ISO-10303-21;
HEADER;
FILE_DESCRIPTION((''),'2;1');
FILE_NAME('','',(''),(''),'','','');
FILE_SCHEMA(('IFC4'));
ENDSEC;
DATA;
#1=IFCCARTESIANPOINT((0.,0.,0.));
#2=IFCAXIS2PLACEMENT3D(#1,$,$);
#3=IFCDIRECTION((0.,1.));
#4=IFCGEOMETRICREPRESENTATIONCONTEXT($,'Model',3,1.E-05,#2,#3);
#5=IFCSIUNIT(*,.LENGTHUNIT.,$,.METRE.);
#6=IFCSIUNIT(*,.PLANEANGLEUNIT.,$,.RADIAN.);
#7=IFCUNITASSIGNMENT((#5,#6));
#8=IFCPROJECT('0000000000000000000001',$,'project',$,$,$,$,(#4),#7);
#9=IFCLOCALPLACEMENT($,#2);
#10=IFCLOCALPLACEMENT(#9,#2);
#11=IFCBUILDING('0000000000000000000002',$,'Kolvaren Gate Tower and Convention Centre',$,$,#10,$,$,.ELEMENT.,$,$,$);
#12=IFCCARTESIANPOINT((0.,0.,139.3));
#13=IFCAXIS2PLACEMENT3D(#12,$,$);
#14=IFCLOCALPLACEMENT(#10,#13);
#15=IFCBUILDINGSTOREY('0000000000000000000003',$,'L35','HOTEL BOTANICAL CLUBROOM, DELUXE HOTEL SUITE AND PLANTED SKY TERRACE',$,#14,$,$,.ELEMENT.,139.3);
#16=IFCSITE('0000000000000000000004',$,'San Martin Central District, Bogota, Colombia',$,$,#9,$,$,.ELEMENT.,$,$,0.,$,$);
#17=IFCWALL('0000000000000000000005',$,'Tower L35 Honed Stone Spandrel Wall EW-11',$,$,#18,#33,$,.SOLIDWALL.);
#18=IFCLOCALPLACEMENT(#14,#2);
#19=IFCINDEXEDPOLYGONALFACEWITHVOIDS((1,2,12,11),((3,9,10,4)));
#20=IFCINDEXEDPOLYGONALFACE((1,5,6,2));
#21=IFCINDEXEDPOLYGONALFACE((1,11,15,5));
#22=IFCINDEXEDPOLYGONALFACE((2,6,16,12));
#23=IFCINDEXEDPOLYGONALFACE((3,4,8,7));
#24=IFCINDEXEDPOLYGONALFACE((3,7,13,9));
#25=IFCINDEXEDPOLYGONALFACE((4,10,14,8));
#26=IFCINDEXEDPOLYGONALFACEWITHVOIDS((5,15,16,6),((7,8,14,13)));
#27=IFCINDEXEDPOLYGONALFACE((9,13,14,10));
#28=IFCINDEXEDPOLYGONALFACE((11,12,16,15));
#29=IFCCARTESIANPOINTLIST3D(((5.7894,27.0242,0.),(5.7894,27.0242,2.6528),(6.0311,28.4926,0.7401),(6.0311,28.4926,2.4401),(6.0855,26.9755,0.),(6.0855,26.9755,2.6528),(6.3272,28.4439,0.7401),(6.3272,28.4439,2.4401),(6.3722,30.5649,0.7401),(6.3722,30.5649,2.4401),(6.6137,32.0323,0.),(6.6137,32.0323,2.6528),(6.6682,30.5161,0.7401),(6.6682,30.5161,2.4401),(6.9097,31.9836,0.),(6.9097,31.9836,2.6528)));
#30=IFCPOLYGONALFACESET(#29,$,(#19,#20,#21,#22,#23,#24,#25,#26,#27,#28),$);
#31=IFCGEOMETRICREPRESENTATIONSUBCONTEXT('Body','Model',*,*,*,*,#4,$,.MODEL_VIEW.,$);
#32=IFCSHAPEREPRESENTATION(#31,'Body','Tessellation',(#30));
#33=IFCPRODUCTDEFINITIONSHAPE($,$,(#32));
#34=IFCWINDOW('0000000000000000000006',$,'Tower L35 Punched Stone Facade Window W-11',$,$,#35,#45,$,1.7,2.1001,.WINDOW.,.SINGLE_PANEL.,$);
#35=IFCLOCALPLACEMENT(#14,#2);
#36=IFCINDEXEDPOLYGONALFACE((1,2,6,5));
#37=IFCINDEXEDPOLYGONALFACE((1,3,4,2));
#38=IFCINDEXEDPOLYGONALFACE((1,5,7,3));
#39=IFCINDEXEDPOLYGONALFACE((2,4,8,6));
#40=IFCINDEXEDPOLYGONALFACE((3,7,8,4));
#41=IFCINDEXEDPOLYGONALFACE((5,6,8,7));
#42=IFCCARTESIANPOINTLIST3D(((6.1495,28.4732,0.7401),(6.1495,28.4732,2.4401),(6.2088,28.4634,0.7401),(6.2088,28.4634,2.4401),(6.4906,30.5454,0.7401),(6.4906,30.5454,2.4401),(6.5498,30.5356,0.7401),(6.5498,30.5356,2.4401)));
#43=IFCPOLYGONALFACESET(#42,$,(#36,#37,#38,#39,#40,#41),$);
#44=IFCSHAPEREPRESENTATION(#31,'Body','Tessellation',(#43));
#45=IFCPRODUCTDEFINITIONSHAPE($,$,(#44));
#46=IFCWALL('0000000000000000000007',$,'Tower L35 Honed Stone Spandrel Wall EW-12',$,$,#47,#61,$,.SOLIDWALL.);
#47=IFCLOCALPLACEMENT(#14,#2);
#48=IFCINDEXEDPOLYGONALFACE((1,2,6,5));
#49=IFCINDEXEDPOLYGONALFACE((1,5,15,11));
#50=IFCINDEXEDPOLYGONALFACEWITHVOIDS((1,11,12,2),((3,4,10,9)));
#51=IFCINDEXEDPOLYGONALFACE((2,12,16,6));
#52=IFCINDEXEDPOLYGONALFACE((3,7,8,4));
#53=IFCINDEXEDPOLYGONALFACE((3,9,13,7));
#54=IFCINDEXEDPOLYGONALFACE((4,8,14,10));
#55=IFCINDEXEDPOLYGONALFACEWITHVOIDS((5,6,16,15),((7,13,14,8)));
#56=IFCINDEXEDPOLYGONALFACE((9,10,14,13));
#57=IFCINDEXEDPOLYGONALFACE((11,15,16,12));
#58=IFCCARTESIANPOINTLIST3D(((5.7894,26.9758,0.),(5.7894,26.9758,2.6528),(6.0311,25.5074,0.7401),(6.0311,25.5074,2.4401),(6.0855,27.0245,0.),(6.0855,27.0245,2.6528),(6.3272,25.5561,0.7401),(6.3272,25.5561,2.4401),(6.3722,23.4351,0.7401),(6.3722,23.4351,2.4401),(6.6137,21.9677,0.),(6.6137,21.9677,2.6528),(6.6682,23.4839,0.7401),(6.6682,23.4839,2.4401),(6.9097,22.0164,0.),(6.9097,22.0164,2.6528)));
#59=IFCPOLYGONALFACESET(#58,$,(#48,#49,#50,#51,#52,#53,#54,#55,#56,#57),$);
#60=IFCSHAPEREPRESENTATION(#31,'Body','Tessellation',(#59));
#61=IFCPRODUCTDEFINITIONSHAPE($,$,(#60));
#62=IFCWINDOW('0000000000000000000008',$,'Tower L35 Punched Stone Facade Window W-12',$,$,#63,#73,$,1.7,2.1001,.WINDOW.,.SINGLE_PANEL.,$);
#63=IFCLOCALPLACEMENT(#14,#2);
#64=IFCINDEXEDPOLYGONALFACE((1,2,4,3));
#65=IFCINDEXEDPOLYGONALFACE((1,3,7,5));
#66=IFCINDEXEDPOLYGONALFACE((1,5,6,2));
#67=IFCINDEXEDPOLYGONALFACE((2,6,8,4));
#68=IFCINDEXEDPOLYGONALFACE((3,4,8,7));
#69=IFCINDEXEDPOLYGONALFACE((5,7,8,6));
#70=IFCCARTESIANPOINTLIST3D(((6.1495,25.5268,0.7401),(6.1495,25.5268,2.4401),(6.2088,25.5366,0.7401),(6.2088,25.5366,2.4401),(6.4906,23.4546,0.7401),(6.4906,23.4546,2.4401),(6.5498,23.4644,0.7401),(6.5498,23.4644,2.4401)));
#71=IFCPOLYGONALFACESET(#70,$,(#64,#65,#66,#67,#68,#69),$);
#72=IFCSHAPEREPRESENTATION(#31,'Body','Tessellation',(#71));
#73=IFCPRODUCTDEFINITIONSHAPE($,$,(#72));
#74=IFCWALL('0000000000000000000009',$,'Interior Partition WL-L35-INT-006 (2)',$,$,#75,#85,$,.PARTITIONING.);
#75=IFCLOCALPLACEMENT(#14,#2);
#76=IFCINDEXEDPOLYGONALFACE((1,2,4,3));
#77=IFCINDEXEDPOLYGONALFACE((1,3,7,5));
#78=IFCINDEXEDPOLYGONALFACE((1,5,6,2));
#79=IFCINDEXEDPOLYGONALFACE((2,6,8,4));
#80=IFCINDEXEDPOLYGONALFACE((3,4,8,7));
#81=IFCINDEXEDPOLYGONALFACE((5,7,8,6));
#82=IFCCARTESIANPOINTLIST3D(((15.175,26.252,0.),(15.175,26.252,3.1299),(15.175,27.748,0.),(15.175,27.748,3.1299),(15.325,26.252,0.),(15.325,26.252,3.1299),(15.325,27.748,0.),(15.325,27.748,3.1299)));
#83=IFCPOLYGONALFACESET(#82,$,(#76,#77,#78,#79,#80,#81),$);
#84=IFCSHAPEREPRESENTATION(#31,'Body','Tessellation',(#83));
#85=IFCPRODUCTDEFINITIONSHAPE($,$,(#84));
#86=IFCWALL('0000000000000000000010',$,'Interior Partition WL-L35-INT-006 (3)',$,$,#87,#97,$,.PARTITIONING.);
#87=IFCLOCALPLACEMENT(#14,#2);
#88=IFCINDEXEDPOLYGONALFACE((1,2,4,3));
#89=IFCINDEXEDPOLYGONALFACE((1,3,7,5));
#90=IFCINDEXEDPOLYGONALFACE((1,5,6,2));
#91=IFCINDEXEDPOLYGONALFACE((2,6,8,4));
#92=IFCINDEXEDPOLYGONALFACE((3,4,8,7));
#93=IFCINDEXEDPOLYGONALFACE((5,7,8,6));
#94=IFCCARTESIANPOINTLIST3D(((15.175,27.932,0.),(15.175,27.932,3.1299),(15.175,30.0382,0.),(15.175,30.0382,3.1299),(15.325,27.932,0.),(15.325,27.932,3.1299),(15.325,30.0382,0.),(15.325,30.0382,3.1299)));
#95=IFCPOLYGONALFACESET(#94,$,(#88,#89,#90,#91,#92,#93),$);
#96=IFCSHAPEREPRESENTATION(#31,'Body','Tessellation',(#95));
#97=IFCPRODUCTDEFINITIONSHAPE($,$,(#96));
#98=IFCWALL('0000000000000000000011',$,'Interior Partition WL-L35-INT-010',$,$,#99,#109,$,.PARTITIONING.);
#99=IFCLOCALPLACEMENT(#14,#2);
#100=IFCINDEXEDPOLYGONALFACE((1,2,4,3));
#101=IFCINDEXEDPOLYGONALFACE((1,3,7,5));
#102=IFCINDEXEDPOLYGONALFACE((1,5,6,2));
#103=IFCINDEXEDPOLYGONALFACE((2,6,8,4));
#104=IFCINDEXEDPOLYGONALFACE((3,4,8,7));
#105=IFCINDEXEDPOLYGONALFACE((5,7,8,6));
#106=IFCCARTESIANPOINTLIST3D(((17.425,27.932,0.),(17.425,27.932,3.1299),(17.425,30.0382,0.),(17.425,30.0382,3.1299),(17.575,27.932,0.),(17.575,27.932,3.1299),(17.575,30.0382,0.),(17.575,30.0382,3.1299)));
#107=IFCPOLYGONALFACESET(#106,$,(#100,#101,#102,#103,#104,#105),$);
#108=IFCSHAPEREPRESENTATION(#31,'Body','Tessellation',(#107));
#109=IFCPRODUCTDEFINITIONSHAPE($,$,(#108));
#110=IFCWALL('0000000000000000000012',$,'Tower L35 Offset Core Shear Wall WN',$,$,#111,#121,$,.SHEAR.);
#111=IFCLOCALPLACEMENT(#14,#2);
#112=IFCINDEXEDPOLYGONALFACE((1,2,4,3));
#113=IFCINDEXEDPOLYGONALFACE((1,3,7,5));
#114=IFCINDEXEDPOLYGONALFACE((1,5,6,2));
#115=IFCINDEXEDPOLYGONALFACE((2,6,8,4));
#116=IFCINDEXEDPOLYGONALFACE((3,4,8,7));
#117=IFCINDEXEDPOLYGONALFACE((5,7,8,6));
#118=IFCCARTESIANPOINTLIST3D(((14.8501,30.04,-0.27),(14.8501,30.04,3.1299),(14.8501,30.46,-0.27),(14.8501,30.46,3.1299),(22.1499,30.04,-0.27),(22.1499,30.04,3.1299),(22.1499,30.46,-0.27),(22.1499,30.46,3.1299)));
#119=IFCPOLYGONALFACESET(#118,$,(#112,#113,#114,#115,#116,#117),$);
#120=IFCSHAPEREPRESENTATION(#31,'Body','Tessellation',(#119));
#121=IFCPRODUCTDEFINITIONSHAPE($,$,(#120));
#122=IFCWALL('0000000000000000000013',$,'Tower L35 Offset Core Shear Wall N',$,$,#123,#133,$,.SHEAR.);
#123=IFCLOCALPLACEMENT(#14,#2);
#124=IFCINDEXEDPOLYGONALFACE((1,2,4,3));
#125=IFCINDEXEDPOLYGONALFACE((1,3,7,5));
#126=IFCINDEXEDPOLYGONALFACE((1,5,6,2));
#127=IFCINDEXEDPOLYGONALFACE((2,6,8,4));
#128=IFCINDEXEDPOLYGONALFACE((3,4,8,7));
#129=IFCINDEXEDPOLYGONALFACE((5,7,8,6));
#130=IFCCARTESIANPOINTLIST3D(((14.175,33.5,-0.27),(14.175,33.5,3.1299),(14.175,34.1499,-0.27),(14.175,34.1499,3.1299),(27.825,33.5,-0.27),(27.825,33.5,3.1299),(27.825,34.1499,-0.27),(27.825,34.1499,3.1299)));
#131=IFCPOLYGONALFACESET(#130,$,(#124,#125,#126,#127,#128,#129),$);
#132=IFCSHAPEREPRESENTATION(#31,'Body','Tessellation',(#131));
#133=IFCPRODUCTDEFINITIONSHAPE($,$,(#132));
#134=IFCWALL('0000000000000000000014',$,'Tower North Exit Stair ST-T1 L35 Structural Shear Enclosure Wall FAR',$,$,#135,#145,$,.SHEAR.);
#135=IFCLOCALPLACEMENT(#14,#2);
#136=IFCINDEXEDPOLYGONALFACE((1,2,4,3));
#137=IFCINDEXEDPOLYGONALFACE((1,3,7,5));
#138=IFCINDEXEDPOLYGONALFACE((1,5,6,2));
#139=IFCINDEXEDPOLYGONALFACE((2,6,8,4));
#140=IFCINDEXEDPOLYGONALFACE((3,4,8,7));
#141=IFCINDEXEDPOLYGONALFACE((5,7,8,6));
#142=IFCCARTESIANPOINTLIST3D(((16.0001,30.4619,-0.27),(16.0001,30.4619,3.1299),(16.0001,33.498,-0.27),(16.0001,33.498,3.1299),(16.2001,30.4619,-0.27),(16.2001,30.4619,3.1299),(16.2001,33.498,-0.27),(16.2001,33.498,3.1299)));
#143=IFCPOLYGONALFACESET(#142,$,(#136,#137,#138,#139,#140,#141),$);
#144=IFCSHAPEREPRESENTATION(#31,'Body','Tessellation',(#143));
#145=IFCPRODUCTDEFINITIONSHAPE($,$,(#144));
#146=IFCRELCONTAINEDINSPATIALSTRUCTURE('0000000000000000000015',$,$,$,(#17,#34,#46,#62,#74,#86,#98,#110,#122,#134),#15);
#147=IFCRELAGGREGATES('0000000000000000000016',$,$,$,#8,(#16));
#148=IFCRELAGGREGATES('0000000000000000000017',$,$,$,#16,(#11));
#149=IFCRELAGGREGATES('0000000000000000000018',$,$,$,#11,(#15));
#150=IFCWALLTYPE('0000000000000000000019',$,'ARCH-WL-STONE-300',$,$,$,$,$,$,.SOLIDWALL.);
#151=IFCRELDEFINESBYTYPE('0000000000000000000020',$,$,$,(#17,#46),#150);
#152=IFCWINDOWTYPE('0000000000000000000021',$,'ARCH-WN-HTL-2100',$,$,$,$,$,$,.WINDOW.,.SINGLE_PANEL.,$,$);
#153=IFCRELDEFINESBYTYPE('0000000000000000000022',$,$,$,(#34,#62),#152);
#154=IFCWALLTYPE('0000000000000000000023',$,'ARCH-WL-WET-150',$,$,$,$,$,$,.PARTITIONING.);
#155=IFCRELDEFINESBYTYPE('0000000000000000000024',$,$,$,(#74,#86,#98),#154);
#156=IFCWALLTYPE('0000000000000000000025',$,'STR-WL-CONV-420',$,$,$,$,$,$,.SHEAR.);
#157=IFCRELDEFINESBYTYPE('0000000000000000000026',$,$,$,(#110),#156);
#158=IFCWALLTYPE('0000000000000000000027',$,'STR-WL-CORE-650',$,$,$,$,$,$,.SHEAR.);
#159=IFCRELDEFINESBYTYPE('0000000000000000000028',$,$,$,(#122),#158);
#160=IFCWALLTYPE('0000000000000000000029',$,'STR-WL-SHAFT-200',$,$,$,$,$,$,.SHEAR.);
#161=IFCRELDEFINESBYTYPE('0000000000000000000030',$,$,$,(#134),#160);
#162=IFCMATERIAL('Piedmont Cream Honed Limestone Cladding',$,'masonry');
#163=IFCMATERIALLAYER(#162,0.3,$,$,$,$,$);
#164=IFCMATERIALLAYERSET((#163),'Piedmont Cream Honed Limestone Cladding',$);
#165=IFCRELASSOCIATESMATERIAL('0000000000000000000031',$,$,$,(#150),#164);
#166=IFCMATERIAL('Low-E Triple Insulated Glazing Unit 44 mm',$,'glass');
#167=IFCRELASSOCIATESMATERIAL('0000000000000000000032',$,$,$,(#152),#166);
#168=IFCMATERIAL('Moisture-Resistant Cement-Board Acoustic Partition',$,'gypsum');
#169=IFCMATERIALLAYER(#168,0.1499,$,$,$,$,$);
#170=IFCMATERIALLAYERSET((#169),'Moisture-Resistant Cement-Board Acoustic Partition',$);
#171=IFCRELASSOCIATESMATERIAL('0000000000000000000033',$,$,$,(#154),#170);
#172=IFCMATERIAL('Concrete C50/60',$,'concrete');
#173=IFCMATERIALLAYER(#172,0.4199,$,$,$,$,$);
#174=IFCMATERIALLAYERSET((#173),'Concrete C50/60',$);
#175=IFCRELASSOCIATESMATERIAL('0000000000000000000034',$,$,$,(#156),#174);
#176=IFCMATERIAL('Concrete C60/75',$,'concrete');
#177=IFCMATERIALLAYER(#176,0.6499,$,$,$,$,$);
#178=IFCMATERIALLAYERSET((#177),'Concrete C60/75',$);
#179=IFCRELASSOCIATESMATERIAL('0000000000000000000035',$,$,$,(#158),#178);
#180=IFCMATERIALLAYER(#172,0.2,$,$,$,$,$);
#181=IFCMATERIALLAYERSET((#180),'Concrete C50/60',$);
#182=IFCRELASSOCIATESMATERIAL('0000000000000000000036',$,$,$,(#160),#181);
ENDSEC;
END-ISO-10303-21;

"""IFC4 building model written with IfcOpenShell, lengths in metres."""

from ifc_helpers import new_model, si_unit, direction, frame, frame_2d, origin, place, context, subcontext, project, spatial, rectangle, extrude, material, layer, layer_set, type_object, element, fill, save


model = new_model("IFC4")

# Units and contexts
model_context = context("Model", 3, precision=1e-05, world=origin(), true_north=direction((0.0, 1.0)))
body_context = subcontext(model_context, "Body", "Model", "MODEL_VIEW")
ifc_project = project(units=[si_unit("LENGTHUNIT", "METRE"), si_unit("PLANEANGLEUNIT", "RADIAN")], contexts=[model_context])

# Site, building, storey
site_placement = place(None, origin())
site = spatial("IfcSite", under=ifc_project, at=site_placement, Name="San Martin Central District, Bogota, Colombia", CompositionType="ELEMENT", RefElevation=0.0)
building_placement = place(site_placement, origin())
building = spatial("IfcBuilding", under=site, at=building_placement, Name="Kolvaren Gate Tower and Convention Centre", CompositionType="ELEMENT")
storey_placement = place(building_placement, frame((0.0, 0.0, 139.3)))
storey = spatial("IfcBuildingStorey", under=building, at=storey_placement, Name="L35", Description="HOTEL BOTANICAL CLUBROOM, DELUXE HOTEL SUITE AND PLANTED SKY TERRACE", CompositionType="ELEMENT", Elevation=139.3)

# Shared definitions
ifc_material_1 = material(Name="Concrete C60/75", Category="concrete")

# Shared definitions
ifc_material_2 = material(Name="Piedmont Cream Honed Limestone Cladding", Category="masonry")

# Shared definitions
ifc_layer_1 = layer(ifc_material_2, 0.3)
ifc_layer_set_1 = layer_set([ifc_layer_1], Name="Piedmont Cream Honed Limestone Cladding")
wall_type_1 = type_object("IfcWallType", Name="ARCH-WL-STONE-300", PredefinedType="SOLIDWALL", material=ifc_layer_set_1)

# Walls, openings, windows
wall_1_placement = place(storey_placement, frame((5.9375, 27.0, 0.0), z_axis=(0.0, 0.0, 1.0), x_axis=(0.162394, 0.986726, 0.0)))
wall_1 = element("IfcWall", 1, at=wall_1_placement, inside=storey, type_object=wall_type_1, Name="Tower L35 Honed Stone Spandrel Wall EW-11", PredefinedType="SOLIDWALL", context=body_context, shape_type="SweptSolid", body=[
    extrude(rectangle(XDim=5.0754, YDim=0.3, at=frame_2d((2.5376, 0.0))), origin(), (0.0, 0.0, 1.0), 2.6528),
])
opening_1_placement = place(wall_1_placement, frame((1.488, 0.0, 0.74)))
opening_1 = element("IfcOpeningElement", 2, at=opening_1_placement, cuts=wall_1, PredefinedType="OPENING", context=body_context, shape_type="SweptSolid", body=[
    extrude(rectangle(XDim=2.1001, YDim=1.7, at=frame_2d((1.05, 0.8501))), frame((0.0, 0.1599, 0.0), z_axis=(0.0, -1.0, 0.0), x_axis=(1.0, 0.0, 0.0)), (0.0, 0.0, 1.0), 0.3201),
])
ifc_material_3 = material(Name="Low-E Triple Insulated Glazing Unit 44 mm", Category="glass")
window_type = type_object("IfcWindowType", Name="ARCH-WN-HTL-2100", PartitioningType="SINGLE_PANEL", PredefinedType="WINDOW", material=ifc_material_3)
window_1_placement = place(opening_1_placement, origin())
window_1 = element("IfcWindow", 3, at=window_1_placement, inside=storey, type_object=window_type, Name="Tower L35 Punched Stone Facade Window W-11", OverallHeight=1.7, OverallWidth=2.1001, PartitioningType="SINGLE_PANEL", PredefinedType="WINDOW", context=body_context, shape_type="SweptSolid", body=[
    extrude(rectangle(XDim=2.1001, YDim=1.7, at=frame_2d((1.05, 0.8501))), frame((0.0, 0.03, 0.0), z_axis=(0.0, -1.0, 0.0), x_axis=(1.0, 0.0, 0.0)), (0.0, 0.0, 1.0), 0.0601),
])
fill(opening_1, window_1)
wall_2_placement = place(storey_placement, frame((5.9375, 27.0, 0.0), z_axis=(0.0, 0.0, 1.0), x_axis=(0.162394, -0.986726, 0.0)))
wall_2 = element("IfcWall", 4, at=wall_2_placement, inside=storey, type_object=wall_type_1, Name="Tower L35 Honed Stone Spandrel Wall EW-12", PredefinedType="SOLIDWALL", context=body_context, shape_type="SweptSolid", body=[
    extrude(rectangle(XDim=5.0754, YDim=0.3, at=frame_2d((2.5376, 0.0))), origin(), (0.0, 0.0, 1.0), 2.6528),
])
opening_2_placement = place(wall_2_placement, frame((1.488, 0.0, 0.74)))
opening_2 = element("IfcOpeningElement", 5, at=opening_2_placement, cuts=wall_2, PredefinedType="OPENING", context=body_context, shape_type="SweptSolid", body=[
    extrude(rectangle(XDim=2.1001, YDim=1.7, at=frame_2d((1.05, 0.8501))), frame((0.0, 0.1599, 0.0), z_axis=(0.0, -1.0, 0.0), x_axis=(1.0, 0.0, 0.0)), (0.0, 0.0, 1.0), 0.3201),
])
window_2_placement = place(opening_2_placement, origin())
window_2 = element("IfcWindow", 6, at=window_2_placement, inside=storey, type_object=window_type, Name="Tower L35 Punched Stone Facade Window W-12", OverallHeight=1.7, OverallWidth=2.1001, PartitioningType="SINGLE_PANEL", PredefinedType="WINDOW", context=body_context, shape_type="SweptSolid", body=[
    extrude(rectangle(XDim=2.1001, YDim=1.7, at=frame_2d((1.05, 0.8501))), frame((0.0, 0.03, 0.0), z_axis=(0.0, -1.0, 0.0), x_axis=(1.0, 0.0, 0.0)), (0.0, 0.0, 1.0), 0.0601),
])
fill(opening_2, window_2)

# Walls
ifc_material_4 = material(Name="Moisture-Resistant Cement-Board Acoustic Partition", Category="gypsum")
ifc_layer_2 = layer(ifc_material_4, 0.1499)
ifc_layer_set_2 = layer_set([ifc_layer_2], Name="Moisture-Resistant Cement-Board Acoustic Partition")
wall_type_2 = type_object("IfcWallType", Name="ARCH-WL-WET-150", PredefinedType="PARTITIONING", material=ifc_layer_set_2)
wall_3_placement = place(storey_placement, frame((15.25, 26.252, 0.0), z_axis=(0.0, 0.0, 1.0), x_axis=(0.0, 1.0, 0.0)))
element("IfcWall", 7, at=wall_3_placement, inside=storey, type_object=wall_type_2, Name="Interior Partition WL-L35-INT-006 (2)", PredefinedType="PARTITIONING", context=body_context, shape_type="SweptSolid", body=[
    extrude(rectangle(XDim=1.4961, YDim=0.1499, at=frame_2d((0.748, 0.0))), origin(), (0.0, 0.0, 1.0), 3.1299),
])
for number, where, z_axis, x_axis, name in (
    (8, (15.25, 27.9319, 0.0), (0.0, 0.0, 1.0), (0.0, 1.0, 0.0), "Interior Partition WL-L35-INT-006 (3)"),
    (9, (17.5, 27.9319, 0.0), (0.0, 0.0, 1.0), (0.0, 1.0, 0.0), "Interior Partition WL-L35-INT-010"),
):
    element("IfcWall", number, at=place(storey_placement, frame(where, z_axis=z_axis, x_axis=x_axis)), inside=storey, type_object=wall_type_2, Name=name, PredefinedType="PARTITIONING", context=body_context, shape_type="SweptSolid", body=[
        extrude(rectangle(XDim=2.1062, YDim=0.1499, at=frame_2d((1.0532, 0.0))), origin(), (0.0, 0.0, 1.0), 3.1299),
    ])
ifc_material_5 = material(Name="Concrete C50/60", Category="concrete")
ifc_layer_3 = layer(ifc_material_5, 0.4199)
ifc_layer_set_3 = layer_set([ifc_layer_3], Name="Concrete C50/60")
wall_type_3 = type_object("IfcWallType", Name="STR-WL-CONV-420", PredefinedType="SHEAR", material=ifc_layer_set_3)
wall_4_placement = place(storey_placement, frame((14.8501, 30.25, -0.27), z_axis=(0.0, 0.0, 1.0), x_axis=(1.0, 0.0, 0.0)))
element("IfcWall", 10, at=wall_4_placement, inside=storey, type_object=wall_type_3, Name="Tower L35 Offset Core Shear Wall WN", PredefinedType="SHEAR", context=body_context, shape_type="SweptSolid", body=[
    extrude(rectangle(XDim=7.2998, YDim=0.4199, at=frame_2d((3.6499, 0.0))), origin(), (0.0, 0.0, 1.0), 3.3999),
])
ifc_layer_4 = layer(ifc_material_1, 0.6499)
ifc_layer_set_4 = layer_set([ifc_layer_4], Name="Concrete C60/75")
wall_type_4 = type_object("IfcWallType", Name="STR-WL-CORE-650", PredefinedType="SHEAR", material=ifc_layer_set_4)
wall_5_placement = place(storey_placement, frame((14.175, 33.825, -0.27), z_axis=(0.0, 0.0, 1.0), x_axis=(1.0, 0.0, 0.0)))
element("IfcWall", 11, at=wall_5_placement, inside=storey, type_object=wall_type_4, Name="Tower L35 Offset Core Shear Wall N", PredefinedType="SHEAR", context=body_context, shape_type="SweptSolid", body=[
    extrude(rectangle(XDim=13.6499, YDim=0.6499, at=frame_2d((6.825, 0.0))), origin(), (0.0, 0.0, 1.0), 3.3999),
])
ifc_layer_5 = layer(ifc_material_5, 0.2)
ifc_layer_set_5 = layer_set([ifc_layer_5], Name="Concrete C50/60")
wall_type_5 = type_object("IfcWallType", Name="STR-WL-SHAFT-200", PredefinedType="SHEAR", material=ifc_layer_set_5)
wall_6_placement = place(storey_placement, frame((16.1001, 30.4619, -0.27), z_axis=(0.0, 0.0, 1.0), x_axis=(0.0, 1.0, 0.0)))
element("IfcWall", 12, at=wall_6_placement, inside=storey, type_object=wall_type_5, Name="Tower North Exit Stair ST-T1 L35 Structural Shear Enclosure Wall FAR", PredefinedType="SHEAR", context=body_context, shape_type="SweptSolid", body=[
    extrude(rectangle(XDim=3.0361, YDim=0.2, at=frame_2d((1.5181, 0.0))), origin(), (0.0, 0.0, 1.0), 3.3999),
])

save(model, "model.ifc")
